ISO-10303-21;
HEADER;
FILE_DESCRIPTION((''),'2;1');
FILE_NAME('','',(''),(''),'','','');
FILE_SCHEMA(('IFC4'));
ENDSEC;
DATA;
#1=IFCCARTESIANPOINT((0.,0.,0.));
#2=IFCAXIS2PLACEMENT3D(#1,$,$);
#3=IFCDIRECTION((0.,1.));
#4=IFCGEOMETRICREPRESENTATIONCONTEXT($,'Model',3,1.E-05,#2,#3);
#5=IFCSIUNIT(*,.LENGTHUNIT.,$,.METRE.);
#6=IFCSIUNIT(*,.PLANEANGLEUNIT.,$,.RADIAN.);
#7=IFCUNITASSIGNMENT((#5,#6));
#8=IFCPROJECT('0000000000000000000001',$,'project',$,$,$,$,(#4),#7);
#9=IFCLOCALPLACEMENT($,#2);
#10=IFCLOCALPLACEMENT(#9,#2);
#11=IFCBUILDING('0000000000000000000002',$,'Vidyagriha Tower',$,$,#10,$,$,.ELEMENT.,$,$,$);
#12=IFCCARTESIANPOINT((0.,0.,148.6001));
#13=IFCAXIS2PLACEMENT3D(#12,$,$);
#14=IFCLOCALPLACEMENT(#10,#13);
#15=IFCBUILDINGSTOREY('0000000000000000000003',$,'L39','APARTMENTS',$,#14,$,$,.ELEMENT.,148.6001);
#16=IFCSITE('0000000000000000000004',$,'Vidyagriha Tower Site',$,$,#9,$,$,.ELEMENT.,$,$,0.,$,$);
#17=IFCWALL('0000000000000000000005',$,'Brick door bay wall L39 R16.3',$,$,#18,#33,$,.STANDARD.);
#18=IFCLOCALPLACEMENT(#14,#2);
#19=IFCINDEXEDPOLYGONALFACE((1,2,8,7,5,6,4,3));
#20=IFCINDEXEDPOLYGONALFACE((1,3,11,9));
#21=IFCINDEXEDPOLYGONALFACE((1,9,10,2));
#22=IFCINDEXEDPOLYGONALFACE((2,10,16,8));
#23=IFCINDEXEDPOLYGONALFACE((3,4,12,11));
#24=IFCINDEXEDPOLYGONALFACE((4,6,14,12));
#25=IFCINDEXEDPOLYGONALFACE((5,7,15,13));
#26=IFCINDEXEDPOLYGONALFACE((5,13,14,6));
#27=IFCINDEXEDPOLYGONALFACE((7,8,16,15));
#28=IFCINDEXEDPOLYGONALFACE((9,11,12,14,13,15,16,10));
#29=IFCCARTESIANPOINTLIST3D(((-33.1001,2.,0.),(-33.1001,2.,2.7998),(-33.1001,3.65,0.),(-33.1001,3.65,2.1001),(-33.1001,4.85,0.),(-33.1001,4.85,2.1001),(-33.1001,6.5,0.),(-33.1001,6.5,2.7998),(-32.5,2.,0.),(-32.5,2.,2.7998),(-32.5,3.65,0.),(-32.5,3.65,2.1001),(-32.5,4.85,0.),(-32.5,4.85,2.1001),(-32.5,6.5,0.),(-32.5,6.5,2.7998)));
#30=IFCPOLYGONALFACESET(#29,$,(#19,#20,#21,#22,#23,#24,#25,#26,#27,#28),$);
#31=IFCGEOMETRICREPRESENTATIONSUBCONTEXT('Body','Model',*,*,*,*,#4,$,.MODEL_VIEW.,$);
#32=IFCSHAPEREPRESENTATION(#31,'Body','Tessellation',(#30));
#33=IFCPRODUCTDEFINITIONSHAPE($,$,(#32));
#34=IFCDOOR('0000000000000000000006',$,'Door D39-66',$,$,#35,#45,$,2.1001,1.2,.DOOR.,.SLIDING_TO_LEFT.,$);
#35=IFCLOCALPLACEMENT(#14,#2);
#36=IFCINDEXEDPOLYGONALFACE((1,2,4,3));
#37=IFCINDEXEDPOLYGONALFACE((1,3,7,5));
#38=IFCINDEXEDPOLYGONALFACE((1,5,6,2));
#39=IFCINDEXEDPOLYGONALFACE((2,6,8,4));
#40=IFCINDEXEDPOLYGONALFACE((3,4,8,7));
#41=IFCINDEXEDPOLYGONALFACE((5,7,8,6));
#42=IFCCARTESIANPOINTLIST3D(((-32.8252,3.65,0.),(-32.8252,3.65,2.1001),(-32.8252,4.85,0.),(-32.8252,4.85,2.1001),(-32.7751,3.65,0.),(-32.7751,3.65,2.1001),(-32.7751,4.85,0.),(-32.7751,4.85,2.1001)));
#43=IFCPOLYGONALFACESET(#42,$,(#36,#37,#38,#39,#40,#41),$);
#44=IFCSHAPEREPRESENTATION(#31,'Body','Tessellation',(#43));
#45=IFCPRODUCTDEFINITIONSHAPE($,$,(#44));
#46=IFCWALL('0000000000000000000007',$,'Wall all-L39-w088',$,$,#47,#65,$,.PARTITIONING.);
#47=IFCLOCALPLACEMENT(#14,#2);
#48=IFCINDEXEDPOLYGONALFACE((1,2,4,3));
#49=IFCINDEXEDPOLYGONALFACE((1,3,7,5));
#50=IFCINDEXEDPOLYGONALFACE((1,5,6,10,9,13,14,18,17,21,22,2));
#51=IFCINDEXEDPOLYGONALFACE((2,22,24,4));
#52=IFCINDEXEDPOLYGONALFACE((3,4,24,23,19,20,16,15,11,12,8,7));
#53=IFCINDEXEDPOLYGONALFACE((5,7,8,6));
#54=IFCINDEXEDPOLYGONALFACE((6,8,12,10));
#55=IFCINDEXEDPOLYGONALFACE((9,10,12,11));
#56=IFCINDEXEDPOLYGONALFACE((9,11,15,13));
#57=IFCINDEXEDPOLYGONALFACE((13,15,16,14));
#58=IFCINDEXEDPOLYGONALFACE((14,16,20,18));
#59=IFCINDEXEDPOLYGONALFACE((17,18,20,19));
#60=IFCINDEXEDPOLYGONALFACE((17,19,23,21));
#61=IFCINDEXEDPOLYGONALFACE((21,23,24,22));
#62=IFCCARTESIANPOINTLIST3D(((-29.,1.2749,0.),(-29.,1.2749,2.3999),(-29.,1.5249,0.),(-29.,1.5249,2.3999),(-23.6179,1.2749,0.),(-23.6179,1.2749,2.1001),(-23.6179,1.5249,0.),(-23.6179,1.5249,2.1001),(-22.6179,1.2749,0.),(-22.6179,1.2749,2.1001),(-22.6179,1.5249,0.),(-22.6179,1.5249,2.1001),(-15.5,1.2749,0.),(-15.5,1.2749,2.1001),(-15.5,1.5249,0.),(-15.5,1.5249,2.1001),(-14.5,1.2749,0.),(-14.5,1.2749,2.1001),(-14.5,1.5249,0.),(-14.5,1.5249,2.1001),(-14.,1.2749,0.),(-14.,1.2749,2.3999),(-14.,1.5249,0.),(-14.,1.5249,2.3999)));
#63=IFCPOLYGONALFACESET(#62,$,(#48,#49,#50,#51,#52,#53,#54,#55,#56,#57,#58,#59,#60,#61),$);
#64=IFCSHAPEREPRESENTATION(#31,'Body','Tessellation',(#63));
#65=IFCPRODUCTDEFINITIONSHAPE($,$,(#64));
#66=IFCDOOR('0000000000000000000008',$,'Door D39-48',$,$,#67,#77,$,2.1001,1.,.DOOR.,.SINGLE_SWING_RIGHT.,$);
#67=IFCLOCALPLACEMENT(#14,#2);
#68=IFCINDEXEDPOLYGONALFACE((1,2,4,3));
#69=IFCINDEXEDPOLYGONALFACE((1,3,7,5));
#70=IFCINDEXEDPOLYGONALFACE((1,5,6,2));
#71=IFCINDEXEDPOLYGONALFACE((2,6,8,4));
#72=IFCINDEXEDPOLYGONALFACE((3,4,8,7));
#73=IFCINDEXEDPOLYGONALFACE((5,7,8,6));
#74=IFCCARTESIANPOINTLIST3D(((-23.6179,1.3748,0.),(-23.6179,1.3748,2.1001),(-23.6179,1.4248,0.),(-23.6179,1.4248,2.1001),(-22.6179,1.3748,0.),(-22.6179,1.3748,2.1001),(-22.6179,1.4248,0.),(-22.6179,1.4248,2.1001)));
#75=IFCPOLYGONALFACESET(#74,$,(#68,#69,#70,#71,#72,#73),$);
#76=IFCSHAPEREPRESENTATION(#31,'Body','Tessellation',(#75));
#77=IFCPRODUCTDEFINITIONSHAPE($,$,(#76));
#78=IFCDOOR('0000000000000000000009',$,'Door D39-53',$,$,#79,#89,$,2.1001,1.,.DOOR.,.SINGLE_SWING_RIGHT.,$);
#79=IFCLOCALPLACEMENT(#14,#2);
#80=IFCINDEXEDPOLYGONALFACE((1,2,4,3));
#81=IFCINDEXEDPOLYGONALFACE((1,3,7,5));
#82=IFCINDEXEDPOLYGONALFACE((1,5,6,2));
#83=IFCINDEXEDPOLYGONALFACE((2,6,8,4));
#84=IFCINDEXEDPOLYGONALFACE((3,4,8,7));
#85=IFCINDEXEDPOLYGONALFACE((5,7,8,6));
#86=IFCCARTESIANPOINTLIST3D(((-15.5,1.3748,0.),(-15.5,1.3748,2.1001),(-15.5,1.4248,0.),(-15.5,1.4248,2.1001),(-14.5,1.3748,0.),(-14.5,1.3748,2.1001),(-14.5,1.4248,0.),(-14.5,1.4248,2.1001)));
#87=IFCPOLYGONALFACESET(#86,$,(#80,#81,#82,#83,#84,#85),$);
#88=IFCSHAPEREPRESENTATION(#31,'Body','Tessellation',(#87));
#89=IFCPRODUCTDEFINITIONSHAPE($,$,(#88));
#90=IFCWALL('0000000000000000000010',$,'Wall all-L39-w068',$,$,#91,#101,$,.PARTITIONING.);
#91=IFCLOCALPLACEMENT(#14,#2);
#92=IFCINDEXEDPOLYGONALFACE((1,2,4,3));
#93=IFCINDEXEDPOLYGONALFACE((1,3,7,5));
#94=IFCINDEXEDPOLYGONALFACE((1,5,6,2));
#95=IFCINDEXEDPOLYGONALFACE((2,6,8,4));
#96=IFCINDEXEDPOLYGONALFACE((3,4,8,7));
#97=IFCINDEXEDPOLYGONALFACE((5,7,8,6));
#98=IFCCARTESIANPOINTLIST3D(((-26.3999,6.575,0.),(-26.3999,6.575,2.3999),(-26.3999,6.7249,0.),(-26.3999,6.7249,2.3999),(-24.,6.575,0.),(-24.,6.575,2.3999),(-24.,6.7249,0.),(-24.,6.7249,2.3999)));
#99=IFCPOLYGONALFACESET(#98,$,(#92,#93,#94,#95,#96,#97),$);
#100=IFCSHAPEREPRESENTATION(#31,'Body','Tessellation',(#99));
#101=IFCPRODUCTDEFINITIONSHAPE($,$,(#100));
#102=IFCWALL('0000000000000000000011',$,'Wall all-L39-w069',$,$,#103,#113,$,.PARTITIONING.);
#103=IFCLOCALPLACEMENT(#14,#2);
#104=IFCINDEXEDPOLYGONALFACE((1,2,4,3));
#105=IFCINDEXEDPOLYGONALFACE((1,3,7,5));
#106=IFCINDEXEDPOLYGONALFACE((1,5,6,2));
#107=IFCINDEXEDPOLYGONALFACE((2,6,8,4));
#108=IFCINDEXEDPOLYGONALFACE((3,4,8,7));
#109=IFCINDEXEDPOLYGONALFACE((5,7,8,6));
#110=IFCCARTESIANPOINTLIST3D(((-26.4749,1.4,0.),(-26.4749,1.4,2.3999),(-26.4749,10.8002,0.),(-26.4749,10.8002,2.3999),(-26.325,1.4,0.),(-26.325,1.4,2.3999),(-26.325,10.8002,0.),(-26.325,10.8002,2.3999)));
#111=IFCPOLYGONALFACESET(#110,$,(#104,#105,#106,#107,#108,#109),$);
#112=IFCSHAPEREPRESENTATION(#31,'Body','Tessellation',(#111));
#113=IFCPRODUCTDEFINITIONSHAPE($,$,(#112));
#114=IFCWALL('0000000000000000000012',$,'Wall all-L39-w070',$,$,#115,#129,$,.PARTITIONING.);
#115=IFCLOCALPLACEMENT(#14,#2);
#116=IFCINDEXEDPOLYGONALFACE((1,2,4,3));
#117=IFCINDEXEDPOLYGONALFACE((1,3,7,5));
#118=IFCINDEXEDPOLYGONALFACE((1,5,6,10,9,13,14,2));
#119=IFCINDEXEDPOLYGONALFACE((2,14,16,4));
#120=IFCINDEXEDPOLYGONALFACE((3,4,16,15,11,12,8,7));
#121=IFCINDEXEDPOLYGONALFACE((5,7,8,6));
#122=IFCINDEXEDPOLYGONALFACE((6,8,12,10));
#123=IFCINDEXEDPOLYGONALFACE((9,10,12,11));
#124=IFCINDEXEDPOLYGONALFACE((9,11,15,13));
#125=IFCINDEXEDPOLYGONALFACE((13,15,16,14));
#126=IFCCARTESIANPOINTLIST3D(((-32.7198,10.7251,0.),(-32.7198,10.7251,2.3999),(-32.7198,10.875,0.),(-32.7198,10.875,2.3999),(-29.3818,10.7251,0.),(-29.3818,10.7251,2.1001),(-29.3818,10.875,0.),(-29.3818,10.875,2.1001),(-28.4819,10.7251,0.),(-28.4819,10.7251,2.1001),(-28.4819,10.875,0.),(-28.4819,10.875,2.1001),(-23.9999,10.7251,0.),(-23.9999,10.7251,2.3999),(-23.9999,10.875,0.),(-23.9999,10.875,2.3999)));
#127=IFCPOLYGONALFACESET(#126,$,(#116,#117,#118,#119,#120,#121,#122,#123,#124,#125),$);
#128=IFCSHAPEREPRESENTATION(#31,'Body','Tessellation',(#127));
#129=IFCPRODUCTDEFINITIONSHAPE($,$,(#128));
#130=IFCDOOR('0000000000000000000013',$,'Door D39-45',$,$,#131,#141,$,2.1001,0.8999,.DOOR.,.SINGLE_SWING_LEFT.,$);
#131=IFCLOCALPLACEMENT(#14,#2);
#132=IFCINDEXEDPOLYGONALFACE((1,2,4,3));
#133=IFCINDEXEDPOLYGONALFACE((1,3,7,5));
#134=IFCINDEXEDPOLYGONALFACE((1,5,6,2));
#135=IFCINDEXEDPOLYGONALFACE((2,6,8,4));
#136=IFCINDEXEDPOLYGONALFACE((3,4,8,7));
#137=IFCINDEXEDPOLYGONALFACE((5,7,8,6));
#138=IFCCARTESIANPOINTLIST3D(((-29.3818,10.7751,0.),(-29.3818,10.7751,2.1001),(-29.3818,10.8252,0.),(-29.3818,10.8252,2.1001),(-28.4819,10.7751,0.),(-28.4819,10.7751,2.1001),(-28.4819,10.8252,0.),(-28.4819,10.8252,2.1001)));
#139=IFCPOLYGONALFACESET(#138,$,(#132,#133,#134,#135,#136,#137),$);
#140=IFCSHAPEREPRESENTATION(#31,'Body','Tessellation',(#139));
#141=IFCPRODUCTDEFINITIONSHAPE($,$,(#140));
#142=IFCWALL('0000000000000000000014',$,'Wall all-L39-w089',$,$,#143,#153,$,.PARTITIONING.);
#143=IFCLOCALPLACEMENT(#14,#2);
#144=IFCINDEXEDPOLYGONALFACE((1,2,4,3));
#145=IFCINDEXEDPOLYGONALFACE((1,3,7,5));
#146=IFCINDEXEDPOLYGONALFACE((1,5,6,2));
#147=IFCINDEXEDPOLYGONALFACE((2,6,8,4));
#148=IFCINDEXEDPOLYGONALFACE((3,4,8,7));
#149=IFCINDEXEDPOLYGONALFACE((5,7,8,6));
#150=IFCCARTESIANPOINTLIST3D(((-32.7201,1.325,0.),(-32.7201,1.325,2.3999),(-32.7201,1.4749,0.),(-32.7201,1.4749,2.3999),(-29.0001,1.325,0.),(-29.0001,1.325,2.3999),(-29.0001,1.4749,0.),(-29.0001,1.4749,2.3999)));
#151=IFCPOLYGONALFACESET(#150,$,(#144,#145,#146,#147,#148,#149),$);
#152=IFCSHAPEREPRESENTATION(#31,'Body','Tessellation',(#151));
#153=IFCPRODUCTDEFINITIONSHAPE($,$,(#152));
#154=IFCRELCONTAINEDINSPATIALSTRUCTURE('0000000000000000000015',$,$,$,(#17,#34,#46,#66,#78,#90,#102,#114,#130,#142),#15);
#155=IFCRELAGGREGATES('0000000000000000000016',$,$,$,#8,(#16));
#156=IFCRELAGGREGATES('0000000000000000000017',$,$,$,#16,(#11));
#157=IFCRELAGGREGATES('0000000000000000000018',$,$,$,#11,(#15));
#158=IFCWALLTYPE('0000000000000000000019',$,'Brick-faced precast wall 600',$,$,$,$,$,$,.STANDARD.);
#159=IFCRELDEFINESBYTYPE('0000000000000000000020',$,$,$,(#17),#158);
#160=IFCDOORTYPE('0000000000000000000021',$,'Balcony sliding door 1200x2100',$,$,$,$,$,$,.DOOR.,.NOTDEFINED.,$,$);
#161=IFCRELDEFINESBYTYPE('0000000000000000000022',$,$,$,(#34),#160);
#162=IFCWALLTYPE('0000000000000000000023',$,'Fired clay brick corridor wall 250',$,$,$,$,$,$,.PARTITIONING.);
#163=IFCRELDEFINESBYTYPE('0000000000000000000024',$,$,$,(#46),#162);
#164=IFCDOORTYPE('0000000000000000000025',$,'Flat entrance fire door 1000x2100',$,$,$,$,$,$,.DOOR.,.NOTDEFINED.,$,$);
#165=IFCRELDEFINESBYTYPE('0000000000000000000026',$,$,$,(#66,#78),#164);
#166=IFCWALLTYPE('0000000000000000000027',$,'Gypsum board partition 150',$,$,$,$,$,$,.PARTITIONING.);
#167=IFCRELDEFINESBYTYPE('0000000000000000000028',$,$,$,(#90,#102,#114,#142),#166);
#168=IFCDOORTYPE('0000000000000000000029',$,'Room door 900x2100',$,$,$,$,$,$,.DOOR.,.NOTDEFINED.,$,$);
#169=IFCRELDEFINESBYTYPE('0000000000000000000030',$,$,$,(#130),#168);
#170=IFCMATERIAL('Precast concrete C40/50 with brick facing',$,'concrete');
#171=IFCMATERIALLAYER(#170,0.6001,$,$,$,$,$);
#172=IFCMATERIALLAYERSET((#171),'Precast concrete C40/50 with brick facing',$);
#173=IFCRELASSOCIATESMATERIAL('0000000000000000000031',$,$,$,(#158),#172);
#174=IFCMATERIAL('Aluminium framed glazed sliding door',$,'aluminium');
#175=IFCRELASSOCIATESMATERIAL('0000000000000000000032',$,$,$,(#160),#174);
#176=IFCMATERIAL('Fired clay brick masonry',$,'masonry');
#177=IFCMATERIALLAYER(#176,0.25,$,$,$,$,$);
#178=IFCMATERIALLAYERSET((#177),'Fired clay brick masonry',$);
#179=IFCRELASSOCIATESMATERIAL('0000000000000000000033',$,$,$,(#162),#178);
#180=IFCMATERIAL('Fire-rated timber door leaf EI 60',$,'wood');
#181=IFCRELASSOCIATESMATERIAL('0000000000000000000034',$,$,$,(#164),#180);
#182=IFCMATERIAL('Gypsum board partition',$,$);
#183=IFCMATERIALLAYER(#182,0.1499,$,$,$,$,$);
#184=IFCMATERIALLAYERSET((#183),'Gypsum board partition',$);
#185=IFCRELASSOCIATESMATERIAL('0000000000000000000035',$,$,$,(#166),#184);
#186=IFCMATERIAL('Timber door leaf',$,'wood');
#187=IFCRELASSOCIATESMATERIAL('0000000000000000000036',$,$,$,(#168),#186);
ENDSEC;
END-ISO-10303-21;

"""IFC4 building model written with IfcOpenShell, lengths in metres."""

from ifc_helpers import new_model, si_unit, direction, frame, frame_2d, origin, place, context, subcontext, project, spatial, rectangle, extrude, material, layer, layer_set, type_object, element, fill, save


model = new_model("IFC4")

# Units and contexts
model_context = context("Model", 3, precision=1e-05, world=origin(), true_north=direction((0.0, 1.0)))
body_context = subcontext(model_context, "Body", "Model", "MODEL_VIEW")
ifc_project = project(units=[si_unit("LENGTHUNIT", "METRE"), si_unit("PLANEANGLEUNIT", "RADIAN")], contexts=[model_context])

# Site, building, storey
site_placement = place(None, origin())
site = spatial("IfcSite", under=ifc_project, at=site_placement, Name="Vidyagriha Tower Site", CompositionType="ELEMENT", RefElevation=0.0)
building_placement = place(site_placement, origin())
building = spatial("IfcBuilding", under=site, at=building_placement, Name="Vidyagriha Tower", CompositionType="ELEMENT")
storey_placement = place(building_placement, frame((0.0, 0.0, 148.6001)))
storey = spatial("IfcBuildingStorey", under=building, at=storey_placement, Name="L39", Description="APARTMENTS", CompositionType="ELEMENT", Elevation=148.6001)

# Wall, opening, door
ifc_material_1 = material(Name="Precast concrete C40/50 with brick facing", Category="concrete")
ifc_layer_1 = layer(ifc_material_1, 0.6001)
ifc_layer_set_1 = layer_set([ifc_layer_1], Name="Precast concrete C40/50 with brick facing")
wall_type_1 = type_object("IfcWallType", Name="Brick-faced precast wall 600", PredefinedType="STANDARD", material=ifc_layer_set_1)
wall_1_placement = place(storey_placement, frame((-32.8, 6.5, 0.0), z_axis=(0.0, 0.0, 1.0), x_axis=(0.0, -1.0, 0.0)))
wall_1 = element("IfcWall", 1, at=wall_1_placement, inside=storey, type_object=wall_type_1, Name="Brick door bay wall L39 R16.3", PredefinedType="STANDARD", context=body_context, shape_type="SweptSolid", body=[
    extrude(rectangle(XDim=4.5, YDim=0.6001, at=frame_2d((2.25, 0.0))), origin(), (0.0, 0.0, 1.0), 2.7998),
])
opening_1_placement = place(wall_1_placement, frame((1.6499, 0.0, 0.0)))
opening_1 = element("IfcOpeningElement", 2, at=opening_1_placement, cuts=wall_1, PredefinedType="OPENING", context=body_context, shape_type="SweptSolid", body=[
    extrude(rectangle(XDim=1.2, YDim=2.1001, at=frame_2d((0.6001, 1.05))), frame((0.0, 0.3101, 0.0), z_axis=(0.0, -1.0, 0.0), x_axis=(1.0, 0.0, 0.0)), (0.0, 0.0, 1.0), 0.6201),
])
ifc_material_2 = material(Name="Aluminium framed glazed sliding door", Category="aluminium")
door_type_1 = type_object("IfcDoorType", Name="Balcony sliding door 1200x2100", OperationType="NOTDEFINED", PredefinedType="DOOR", material=ifc_material_2)
door_1_placement = place(opening_1_placement, origin())
door_1 = element("IfcDoor", 3, at=door_1_placement, inside=storey, type_object=door_type_1, Name="Door D39-66", OperationType="SLIDING_TO_LEFT", OverallHeight=2.1001, OverallWidth=1.2, PredefinedType="DOOR", context=body_context, shape_type="SweptSolid", body=[
    extrude(rectangle(XDim=1.2, YDim=2.1001, at=frame_2d((0.6001, 1.05))), frame((0.0, 0.0249, 0.0), z_axis=(0.0, -1.0, 0.0), x_axis=(1.0, 0.0, 0.0)), (0.0, 0.0, 1.0), 0.05),
])
fill(opening_1, door_1)

# Wall, openings, doors
ifc_material_3 = material(Name="Fired clay brick masonry", Category="masonry")
ifc_layer_2 = layer(ifc_material_3, 0.25)
ifc_layer_set_2 = layer_set([ifc_layer_2], Name="Fired clay brick masonry")
wall_type_2 = type_object("IfcWallType", Name="Fired clay brick corridor wall 250", PredefinedType="PARTITIONING", material=ifc_layer_set_2)
wall_2_placement = place(storey_placement, frame((-29.0, 1.3999, 0.0)))
wall_2 = element("IfcWall", 4, at=wall_2_placement, inside=storey, type_object=wall_type_2, Name="Wall all-L39-w088", PredefinedType="PARTITIONING", context=body_context, shape_type="SweptSolid", body=[
    extrude(rectangle(XDim=15.0, YDim=0.25, at=frame_2d((7.5, 0.0))), origin(), (0.0, 0.0, 1.0), 2.3999),
])
opening_2_placement = place(wall_2_placement, frame((5.3821, 0.0, 0.0)))
opening_2 = element("IfcOpeningElement", 5, at=opening_2_placement, cuts=wall_2, PredefinedType="OPENING", context=body_context, shape_type="SweptSolid", body=[
    extrude(rectangle(XDim=1.0, YDim=2.1001, at=frame_2d((0.5, 1.05))), frame((0.0, 0.135, 0.0), z_axis=(0.0, -1.0, 0.0), x_axis=(1.0, 0.0, 0.0)), (0.0, 0.0, 1.0), 0.27),
])
opening_3_placement = place(wall_2_placement, frame((13.5, 0.0, 0.0)))
opening_3 = element("IfcOpeningElement", 6, at=opening_3_placement, cuts=wall_2, PredefinedType="OPENING", context=body_context, shape_type="SweptSolid", body=[
    extrude(rectangle(XDim=1.0, YDim=2.1001, at=frame_2d((0.5, 1.05))), frame((0.0, 0.135, 0.0), z_axis=(0.0, -1.0, 0.0), x_axis=(1.0, 0.0, 0.0)), (0.0, 0.0, 1.0), 0.27),
])
ifc_material_4 = material(Name="Fire-rated timber door leaf EI 60", Category="wood")
door_type_2 = type_object("IfcDoorType", Name="Flat entrance fire door 1000x2100", OperationType="NOTDEFINED", PredefinedType="DOOR", material=ifc_material_4)
door_2_placement = place(opening_2_placement, origin())
door_2 = element("IfcDoor", 7, at=door_2_placement, inside=storey, type_object=door_type_2, Name="Door D39-48", OperationType="SINGLE_SWING_RIGHT", OverallHeight=2.1001, OverallWidth=1.0, PredefinedType="DOOR", context=body_context, shape_type="SweptSolid", body=[
    extrude(rectangle(XDim=1.0, YDim=2.1001, at=frame_2d((0.5, 1.05))), frame((0.0, 0.0249, 0.0), z_axis=(0.0, -1.0, 0.0), x_axis=(1.0, 0.0, 0.0)), (0.0, 0.0, 1.0), 0.05),
])
fill(opening_2, door_2)
door_3_placement = place(opening_3_placement, origin())
door_3 = element("IfcDoor", 8, at=door_3_placement, inside=storey, type_object=door_type_2, Name="Door D39-53", OperationType="SINGLE_SWING_RIGHT", OverallHeight=2.1001, OverallWidth=1.0, PredefinedType="DOOR", context=body_context, shape_type="SweptSolid", body=[
    extrude(rectangle(XDim=1.0, YDim=2.1001, at=frame_2d((0.5, 1.05))), frame((0.0, 0.0249, 0.0), z_axis=(0.0, -1.0, 0.0), x_axis=(1.0, 0.0, 0.0)), (0.0, 0.0, 1.0), 0.05),
])
fill(opening_3, door_3)

# Walls
ifc_material_5 = material(Name="Gypsum board partition")
ifc_layer_3 = layer(ifc_material_5, 0.1499)
ifc_layer_set_3 = layer_set([ifc_layer_3], Name="Gypsum board partition")
wall_type_3 = type_object("IfcWallType", Name="Gypsum board partition 150", PredefinedType="PARTITIONING", material=ifc_layer_set_3)
wall_3_placement = place(storey_placement, frame((-26.3999, 6.6499, 0.0)))
element("IfcWall", 9, at=wall_3_placement, inside=storey, type_object=wall_type_3, Name="Wall all-L39-w068", PredefinedType="PARTITIONING", context=body_context, shape_type="SweptSolid", body=[
    extrude(rectangle(XDim=2.3999, YDim=0.1499, at=frame_2d((1.2, 0.0))), origin(), (0.0, 0.0, 1.0), 2.3999),
])
wall_4_placement = place(storey_placement, frame((-26.3999, 1.3999, 0.0), z_axis=(0.0, 0.0, 1.0), x_axis=(0.0, 1.0, 0.0)))
element("IfcWall", 10, at=wall_4_placement, inside=storey, type_object=wall_type_3, Name="Wall all-L39-w069", PredefinedType="PARTITIONING", context=body_context, shape_type="SweptSolid", body=[
    extrude(rectangle(XDim=9.4001, YDim=0.1499, at=frame_2d((4.7002, 0.0))), origin(), (0.0, 0.0, 1.0), 2.3999),
])

# Wall, opening, door
wall_5_placement = place(storey_placement, frame((-24.0, 10.8, 0.0), z_axis=(0.0, 0.0, 1.0), x_axis=(-1.0, 0.0, 0.0)))
wall_5 = element("IfcWall", 11, at=wall_5_placement, inside=storey, type_object=wall_type_3, Name="Wall all-L39-w070", PredefinedType="PARTITIONING", context=body_context, shape_type="SweptSolid", body=[
    extrude(rectangle(XDim=8.72, YDim=0.1499, at=frame_2d((4.3599, 0.0))), origin(), (0.0, 0.0, 1.0), 2.3999),
])
opening_4_placement = place(wall_5_placement, frame((4.4819, 0.0, 0.0)))
opening_4 = element("IfcOpeningElement", 12, at=opening_4_placement, cuts=wall_5, PredefinedType="OPENING", context=body_context, shape_type="SweptSolid", body=[
    extrude(rectangle(XDim=0.8999, YDim=2.1001, at=frame_2d((0.45, 1.05))), frame((0.0, 0.085, 0.0), z_axis=(0.0, -1.0, 0.0), x_axis=(1.0, 0.0, 0.0)), (0.0, 0.0, 1.0), 0.1699),
])
ifc_material_6 = material(Name="Timber door leaf", Category="wood")
door_type_3 = type_object("IfcDoorType", Name="Room door 900x2100", OperationType="NOTDEFINED", PredefinedType="DOOR", material=ifc_material_6)
door_4_placement = place(opening_4_placement, origin())
door_4 = element("IfcDoor", 13, at=door_4_placement, inside=storey, type_object=door_type_3, Name="Door D39-45", OperationType="SINGLE_SWING_LEFT", OverallHeight=2.1001, OverallWidth=0.8999, PredefinedType="DOOR", context=body_context, shape_type="SweptSolid", body=[
    extrude(rectangle(XDim=0.8999, YDim=2.1001, at=frame_2d((0.45, 1.05))), frame((0.0, 0.0249, 0.0), z_axis=(0.0, -1.0, 0.0), x_axis=(1.0, 0.0, 0.0)), (0.0, 0.0, 1.0), 0.05),
])
fill(opening_4, door_4)

# Wall
wall_6_placement = place(storey_placement, frame((-32.72, 1.3999, 0.0)))
element("IfcWall", 14, at=wall_6_placement, inside=storey, type_object=wall_type_3, Name="Wall all-L39-w089", PredefinedType="PARTITIONING", context=body_context, shape_type="SweptSolid", body=[
    extrude(rectangle(XDim=3.72, YDim=0.1499, at=frame_2d((1.8599, 0.0))), origin(), (0.0, 0.0, 1.0), 2.3999),
])

save(model, "model.ifc")
